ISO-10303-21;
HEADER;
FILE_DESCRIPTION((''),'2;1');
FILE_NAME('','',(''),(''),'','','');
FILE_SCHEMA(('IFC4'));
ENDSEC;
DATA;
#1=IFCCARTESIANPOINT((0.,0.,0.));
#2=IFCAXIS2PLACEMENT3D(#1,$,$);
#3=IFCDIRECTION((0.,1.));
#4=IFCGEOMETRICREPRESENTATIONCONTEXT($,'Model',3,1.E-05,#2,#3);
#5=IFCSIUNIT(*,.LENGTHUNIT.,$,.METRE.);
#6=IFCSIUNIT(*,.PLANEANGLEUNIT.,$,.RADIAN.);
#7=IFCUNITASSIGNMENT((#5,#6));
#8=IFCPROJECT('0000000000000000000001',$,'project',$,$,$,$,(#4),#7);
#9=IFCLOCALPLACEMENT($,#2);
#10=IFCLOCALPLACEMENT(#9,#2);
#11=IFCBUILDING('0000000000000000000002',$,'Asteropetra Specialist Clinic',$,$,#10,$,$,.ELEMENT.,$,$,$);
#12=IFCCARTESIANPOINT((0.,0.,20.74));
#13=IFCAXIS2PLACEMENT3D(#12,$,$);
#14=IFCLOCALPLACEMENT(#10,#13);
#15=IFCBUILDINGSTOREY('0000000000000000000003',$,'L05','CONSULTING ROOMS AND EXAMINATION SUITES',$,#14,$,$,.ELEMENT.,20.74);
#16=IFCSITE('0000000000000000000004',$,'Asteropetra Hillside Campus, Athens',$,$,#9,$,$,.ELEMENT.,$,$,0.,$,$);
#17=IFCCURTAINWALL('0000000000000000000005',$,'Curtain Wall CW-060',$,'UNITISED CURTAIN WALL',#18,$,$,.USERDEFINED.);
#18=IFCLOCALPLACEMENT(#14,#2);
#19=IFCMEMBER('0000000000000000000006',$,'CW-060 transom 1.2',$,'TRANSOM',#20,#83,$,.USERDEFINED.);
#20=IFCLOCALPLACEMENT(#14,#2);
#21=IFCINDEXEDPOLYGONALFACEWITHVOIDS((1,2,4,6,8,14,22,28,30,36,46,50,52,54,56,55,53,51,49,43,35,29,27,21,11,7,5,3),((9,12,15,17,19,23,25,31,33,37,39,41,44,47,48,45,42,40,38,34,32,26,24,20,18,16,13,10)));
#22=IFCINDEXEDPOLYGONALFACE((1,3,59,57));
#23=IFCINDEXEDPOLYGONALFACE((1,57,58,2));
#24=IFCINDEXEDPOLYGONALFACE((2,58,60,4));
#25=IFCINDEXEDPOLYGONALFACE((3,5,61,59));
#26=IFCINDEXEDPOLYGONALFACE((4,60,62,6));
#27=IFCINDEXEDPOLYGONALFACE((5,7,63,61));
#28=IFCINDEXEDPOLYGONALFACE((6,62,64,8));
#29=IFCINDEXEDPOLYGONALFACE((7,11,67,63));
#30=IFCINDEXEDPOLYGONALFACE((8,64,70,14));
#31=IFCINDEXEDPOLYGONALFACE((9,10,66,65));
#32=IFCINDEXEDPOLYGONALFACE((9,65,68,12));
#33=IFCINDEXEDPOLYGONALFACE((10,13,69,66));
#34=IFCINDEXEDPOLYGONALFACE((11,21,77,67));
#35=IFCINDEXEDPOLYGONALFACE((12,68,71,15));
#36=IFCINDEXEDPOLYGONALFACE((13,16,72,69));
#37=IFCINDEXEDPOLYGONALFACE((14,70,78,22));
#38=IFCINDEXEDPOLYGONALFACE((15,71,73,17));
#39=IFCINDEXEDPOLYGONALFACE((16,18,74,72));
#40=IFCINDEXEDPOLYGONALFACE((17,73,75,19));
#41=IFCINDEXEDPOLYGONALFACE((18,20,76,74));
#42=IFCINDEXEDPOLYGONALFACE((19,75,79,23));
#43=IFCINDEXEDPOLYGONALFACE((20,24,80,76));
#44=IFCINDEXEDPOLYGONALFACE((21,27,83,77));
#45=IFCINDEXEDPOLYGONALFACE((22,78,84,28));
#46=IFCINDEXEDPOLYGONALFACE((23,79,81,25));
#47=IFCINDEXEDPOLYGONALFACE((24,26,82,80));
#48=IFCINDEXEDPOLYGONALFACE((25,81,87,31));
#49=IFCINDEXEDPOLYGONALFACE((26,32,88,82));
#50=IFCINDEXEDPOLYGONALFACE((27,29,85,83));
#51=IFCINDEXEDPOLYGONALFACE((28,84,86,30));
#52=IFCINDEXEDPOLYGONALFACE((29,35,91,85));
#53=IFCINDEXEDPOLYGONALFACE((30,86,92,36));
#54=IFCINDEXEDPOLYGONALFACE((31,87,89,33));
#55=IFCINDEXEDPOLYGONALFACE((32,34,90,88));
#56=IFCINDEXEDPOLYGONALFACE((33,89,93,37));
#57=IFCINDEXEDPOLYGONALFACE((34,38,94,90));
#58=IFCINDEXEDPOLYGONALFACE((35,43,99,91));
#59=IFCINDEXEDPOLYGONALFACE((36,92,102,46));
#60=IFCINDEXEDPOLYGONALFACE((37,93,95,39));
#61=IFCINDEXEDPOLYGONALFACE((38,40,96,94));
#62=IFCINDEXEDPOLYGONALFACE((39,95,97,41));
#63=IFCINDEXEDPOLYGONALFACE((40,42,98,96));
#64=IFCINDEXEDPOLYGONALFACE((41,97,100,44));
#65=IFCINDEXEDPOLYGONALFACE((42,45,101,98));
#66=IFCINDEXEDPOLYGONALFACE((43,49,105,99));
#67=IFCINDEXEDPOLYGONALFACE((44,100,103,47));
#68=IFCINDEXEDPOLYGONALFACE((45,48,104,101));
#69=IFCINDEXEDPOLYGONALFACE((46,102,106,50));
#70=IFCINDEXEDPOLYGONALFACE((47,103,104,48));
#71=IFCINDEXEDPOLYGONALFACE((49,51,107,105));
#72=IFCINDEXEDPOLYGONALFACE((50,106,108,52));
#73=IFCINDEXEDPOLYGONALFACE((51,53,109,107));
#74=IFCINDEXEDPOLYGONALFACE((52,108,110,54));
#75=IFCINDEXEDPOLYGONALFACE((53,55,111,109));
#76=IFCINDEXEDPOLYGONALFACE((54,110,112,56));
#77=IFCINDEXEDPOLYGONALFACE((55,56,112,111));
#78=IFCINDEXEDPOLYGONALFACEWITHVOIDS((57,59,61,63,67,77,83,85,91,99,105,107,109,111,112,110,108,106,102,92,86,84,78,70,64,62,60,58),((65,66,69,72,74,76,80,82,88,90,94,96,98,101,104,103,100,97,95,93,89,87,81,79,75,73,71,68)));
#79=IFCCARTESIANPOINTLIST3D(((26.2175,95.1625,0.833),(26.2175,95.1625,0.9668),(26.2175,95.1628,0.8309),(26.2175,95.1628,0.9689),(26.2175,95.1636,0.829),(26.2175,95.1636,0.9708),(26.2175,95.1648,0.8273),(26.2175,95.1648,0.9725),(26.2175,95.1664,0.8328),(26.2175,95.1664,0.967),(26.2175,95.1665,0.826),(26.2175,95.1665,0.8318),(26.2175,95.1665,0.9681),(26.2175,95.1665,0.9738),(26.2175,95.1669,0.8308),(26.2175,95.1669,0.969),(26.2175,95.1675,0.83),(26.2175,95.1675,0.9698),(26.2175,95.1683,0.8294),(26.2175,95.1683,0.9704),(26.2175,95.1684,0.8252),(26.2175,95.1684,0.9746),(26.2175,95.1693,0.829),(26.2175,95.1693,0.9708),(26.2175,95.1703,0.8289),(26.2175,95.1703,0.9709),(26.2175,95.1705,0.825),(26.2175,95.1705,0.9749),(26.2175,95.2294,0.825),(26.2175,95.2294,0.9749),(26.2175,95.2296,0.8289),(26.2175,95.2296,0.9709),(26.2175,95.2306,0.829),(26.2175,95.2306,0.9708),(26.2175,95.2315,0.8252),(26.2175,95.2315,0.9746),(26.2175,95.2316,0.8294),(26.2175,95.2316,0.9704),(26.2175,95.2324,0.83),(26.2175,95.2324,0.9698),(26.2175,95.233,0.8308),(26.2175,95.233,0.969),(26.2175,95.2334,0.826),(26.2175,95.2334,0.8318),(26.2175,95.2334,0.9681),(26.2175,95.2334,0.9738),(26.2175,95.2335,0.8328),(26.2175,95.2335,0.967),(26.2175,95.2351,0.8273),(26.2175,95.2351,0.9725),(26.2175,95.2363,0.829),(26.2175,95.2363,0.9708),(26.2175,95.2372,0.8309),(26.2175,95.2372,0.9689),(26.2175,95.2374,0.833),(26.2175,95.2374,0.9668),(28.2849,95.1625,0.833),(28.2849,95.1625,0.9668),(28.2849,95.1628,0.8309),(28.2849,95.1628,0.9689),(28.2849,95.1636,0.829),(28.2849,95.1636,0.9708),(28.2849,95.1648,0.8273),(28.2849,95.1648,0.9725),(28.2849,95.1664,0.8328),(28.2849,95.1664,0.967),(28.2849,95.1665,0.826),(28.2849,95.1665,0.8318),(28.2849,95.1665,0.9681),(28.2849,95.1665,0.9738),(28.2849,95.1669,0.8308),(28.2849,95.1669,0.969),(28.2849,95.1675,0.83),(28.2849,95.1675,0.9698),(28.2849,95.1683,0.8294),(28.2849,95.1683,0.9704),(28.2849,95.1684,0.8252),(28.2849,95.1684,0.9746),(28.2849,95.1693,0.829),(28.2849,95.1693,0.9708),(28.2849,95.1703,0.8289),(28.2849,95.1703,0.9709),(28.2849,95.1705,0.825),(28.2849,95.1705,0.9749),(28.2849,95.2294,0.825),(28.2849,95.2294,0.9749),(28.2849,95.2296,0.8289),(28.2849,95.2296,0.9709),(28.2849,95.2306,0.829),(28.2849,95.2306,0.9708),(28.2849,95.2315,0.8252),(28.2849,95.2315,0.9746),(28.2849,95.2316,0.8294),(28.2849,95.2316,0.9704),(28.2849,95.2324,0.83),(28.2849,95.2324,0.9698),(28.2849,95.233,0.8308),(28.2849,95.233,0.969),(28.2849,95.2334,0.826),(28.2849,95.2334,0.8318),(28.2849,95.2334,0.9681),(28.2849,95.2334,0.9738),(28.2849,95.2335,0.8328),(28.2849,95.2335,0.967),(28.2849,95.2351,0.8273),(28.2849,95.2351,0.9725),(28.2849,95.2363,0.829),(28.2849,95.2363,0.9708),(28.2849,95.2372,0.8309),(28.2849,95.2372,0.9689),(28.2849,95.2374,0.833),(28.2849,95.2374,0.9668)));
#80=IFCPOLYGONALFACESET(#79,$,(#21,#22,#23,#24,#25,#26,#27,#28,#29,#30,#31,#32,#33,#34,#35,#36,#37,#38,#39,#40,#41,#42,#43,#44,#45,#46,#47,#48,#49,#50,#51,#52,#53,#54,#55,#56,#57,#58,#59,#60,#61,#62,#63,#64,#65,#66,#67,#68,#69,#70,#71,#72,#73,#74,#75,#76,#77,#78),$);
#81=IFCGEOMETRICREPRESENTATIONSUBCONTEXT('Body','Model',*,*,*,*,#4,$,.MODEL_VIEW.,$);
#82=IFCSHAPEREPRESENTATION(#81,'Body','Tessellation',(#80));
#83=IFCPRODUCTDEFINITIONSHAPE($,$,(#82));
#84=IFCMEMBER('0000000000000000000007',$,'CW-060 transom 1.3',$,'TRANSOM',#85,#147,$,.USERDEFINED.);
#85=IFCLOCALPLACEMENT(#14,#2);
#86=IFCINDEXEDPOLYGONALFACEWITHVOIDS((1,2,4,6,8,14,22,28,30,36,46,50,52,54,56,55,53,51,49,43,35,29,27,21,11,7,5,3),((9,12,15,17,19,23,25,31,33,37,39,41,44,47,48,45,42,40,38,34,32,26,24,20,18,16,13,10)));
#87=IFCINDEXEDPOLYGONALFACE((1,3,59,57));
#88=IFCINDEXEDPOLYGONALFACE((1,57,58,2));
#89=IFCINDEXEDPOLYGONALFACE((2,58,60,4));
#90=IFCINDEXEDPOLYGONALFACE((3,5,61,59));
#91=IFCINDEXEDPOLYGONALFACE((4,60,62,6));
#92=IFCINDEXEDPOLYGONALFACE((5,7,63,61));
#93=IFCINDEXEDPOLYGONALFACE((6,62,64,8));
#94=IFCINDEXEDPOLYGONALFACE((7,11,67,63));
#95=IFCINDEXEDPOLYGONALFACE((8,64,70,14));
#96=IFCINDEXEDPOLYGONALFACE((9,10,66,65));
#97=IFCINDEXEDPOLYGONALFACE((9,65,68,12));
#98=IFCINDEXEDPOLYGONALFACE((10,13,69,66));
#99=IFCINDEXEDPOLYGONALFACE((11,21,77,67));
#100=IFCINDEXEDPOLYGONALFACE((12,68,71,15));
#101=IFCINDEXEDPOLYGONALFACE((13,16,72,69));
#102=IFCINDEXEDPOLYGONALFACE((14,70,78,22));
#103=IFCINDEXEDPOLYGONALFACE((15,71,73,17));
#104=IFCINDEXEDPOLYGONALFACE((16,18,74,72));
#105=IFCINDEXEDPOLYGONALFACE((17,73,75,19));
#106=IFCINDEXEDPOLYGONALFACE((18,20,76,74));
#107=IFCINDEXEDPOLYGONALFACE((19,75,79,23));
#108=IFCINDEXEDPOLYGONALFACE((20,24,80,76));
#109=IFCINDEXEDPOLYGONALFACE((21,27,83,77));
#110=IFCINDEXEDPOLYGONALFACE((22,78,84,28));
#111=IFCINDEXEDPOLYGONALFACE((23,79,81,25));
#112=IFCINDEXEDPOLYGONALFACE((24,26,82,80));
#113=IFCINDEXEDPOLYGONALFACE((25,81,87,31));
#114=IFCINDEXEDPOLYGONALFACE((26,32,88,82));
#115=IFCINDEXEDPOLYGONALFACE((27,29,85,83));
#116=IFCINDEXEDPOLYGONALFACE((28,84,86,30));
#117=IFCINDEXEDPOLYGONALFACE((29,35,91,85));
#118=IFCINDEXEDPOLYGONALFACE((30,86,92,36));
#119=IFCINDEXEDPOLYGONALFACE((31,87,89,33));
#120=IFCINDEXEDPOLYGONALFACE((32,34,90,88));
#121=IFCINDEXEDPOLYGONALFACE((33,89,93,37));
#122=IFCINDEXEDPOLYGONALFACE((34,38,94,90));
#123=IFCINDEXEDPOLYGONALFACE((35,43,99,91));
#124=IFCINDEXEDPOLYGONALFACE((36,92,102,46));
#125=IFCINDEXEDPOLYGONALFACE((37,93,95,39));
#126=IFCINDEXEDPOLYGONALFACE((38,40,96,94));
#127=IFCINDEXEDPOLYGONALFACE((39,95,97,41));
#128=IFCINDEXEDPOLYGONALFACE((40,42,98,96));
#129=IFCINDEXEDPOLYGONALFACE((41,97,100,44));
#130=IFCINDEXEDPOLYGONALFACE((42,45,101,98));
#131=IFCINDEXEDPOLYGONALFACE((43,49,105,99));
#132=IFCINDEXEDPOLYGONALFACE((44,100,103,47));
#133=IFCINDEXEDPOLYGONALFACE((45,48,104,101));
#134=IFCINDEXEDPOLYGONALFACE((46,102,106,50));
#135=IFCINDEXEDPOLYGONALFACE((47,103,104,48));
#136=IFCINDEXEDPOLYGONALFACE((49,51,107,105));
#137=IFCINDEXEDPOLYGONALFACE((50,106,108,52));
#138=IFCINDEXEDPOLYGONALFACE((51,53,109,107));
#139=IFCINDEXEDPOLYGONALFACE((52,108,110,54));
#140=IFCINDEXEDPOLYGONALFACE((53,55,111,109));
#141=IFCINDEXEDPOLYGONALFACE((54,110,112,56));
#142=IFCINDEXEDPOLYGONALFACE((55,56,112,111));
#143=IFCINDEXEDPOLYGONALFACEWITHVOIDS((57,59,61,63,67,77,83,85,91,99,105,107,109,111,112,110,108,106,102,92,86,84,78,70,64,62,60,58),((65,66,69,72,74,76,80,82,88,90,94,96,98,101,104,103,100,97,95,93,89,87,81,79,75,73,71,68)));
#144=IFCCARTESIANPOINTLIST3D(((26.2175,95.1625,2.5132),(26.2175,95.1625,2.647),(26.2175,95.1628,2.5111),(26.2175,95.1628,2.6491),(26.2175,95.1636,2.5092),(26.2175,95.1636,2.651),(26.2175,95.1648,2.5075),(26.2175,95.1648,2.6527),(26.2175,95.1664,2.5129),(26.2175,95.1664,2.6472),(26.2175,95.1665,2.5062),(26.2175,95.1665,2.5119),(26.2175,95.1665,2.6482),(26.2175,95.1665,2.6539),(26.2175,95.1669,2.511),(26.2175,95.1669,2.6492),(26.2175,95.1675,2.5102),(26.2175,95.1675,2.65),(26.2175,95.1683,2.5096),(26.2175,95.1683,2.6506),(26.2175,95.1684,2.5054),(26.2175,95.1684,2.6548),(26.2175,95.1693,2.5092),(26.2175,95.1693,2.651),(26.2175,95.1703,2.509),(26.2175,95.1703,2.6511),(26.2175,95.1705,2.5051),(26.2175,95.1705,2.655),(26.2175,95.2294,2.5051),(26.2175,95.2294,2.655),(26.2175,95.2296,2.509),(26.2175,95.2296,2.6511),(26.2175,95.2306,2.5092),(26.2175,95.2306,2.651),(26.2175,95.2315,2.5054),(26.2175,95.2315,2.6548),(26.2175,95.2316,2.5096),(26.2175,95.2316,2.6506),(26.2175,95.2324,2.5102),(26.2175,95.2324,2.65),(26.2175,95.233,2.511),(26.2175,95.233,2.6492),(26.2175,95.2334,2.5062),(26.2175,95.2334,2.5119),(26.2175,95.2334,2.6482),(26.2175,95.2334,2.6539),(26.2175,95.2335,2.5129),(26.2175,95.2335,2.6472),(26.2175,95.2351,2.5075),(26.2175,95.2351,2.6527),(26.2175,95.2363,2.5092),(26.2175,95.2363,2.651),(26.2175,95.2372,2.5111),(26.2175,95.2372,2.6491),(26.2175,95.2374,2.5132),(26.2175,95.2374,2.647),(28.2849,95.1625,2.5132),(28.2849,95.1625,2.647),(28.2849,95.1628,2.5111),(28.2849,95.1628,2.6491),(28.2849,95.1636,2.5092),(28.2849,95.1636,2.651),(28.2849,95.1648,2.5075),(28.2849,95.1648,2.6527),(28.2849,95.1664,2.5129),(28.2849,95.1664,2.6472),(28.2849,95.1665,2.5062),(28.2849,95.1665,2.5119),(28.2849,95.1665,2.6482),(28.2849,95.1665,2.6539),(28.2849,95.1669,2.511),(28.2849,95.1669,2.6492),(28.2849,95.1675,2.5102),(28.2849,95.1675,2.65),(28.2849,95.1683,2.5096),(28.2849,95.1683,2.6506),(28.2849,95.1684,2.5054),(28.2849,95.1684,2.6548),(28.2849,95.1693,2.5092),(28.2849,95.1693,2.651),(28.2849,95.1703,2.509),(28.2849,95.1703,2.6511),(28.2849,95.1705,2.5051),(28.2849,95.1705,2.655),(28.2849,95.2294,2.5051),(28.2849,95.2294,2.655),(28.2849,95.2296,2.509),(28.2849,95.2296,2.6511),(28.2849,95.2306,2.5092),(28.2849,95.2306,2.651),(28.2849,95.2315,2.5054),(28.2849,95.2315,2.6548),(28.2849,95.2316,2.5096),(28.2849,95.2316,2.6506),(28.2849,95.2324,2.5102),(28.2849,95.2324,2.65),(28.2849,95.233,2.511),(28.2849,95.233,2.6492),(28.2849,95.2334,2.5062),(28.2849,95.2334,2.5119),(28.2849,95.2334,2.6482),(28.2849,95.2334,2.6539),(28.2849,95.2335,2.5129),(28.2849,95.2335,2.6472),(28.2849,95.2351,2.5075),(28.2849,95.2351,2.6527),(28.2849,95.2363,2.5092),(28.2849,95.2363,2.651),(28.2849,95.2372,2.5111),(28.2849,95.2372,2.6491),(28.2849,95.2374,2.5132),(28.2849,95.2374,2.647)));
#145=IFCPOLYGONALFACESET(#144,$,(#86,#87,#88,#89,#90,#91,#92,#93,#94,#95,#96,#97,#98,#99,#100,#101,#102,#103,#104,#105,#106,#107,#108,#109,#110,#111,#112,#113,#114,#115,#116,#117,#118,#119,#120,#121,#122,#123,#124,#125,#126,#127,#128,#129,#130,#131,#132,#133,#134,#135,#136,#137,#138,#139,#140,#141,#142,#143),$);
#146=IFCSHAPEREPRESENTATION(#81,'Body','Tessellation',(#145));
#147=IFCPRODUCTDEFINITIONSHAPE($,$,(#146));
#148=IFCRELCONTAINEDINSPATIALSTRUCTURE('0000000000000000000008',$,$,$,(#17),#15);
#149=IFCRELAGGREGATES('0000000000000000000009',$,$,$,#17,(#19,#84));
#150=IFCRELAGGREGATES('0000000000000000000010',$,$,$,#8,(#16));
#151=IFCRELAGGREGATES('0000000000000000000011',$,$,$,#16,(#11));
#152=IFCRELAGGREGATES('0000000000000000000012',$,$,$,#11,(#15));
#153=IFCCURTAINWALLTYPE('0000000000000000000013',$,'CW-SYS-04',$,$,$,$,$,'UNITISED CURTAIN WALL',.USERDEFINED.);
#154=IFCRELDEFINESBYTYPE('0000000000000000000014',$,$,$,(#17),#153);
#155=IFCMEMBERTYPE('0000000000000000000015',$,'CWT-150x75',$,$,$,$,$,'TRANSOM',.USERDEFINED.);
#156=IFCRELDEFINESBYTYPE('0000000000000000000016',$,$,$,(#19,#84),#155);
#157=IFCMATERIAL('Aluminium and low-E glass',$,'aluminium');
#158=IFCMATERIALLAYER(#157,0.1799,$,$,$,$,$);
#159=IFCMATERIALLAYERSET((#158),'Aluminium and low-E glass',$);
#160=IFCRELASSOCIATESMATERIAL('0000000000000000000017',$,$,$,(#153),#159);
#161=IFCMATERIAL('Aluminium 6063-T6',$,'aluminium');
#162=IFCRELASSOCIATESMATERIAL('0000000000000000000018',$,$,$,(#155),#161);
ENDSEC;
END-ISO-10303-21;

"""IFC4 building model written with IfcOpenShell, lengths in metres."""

from ifc_helpers import new_model, si_unit, direction, frame, origin, origin_2d, place, context, subcontext, project, spatial, hollow_rectangle, extrude, material, layer, layer_set, material_profile, profile_set, type_object, element, aggregate, save


model = new_model("IFC4")

# Units and contexts
model_context = context("Model", 3, precision=1e-05, world=origin(), true_north=direction((0.0, 1.0)))
body_context = subcontext(model_context, "Body", "Model", "MODEL_VIEW")
ifc_project = project(units=[si_unit("LENGTHUNIT", "METRE"), si_unit("PLANEANGLEUNIT", "RADIAN")], contexts=[model_context])

# Site, building, storey
site_placement = place(None, origin())
site = spatial("IfcSite", under=ifc_project, at=site_placement, Name="Asteropetra Hillside Campus, Athens", CompositionType="ELEMENT", RefElevation=0.0)
building_placement = place(site_placement, origin())
building = spatial("IfcBuilding", under=site, at=building_placement, Name="Asteropetra Specialist Clinic", CompositionType="ELEMENT")
storey_placement = place(building_placement, frame((0.0, 0.0, 20.74)))
storey = spatial("IfcBuildingStorey", under=building, at=storey_placement, Name="L05", Description="CONSULTING ROOMS AND EXAMINATION SUITES", CompositionType="ELEMENT", Elevation=20.74)

# Curtain wall, members
ifc_material_1 = material(Name="Aluminium and low-E glass", Category="aluminium")
ifc_layer_1 = layer(ifc_material_1, 0.1799)
ifc_layer_set_1 = layer_set([ifc_layer_1], Name="Aluminium and low-E glass")
curtain_wall_type_1 = type_object("IfcCurtainWallType", Name="CW-SYS-04", ElementType="UNITISED CURTAIN WALL", PredefinedType="USERDEFINED", material=ifc_layer_set_1)
curtain_wall_1_placement = place(storey_placement, origin())
curtain_wall_1 = element("IfcCurtainWall", 1, at=curtain_wall_1_placement, inside=storey, type_object=curtain_wall_type_1, Name="Curtain Wall CW-060", ObjectType="UNITISED CURTAIN WALL", PredefinedType="USERDEFINED")
ifc_material_2 = material(Name="Aluminium 6063-T6", Category="aluminium")
ifc_material_profile_1 = material_profile(ifc_material_2, hollow_rectangle(XDim=0.075, YDim=0.1499, WallThickness=0.0039, InnerFilletRadius=0.0039, OuterFilletRadius=0.0081, at=origin_2d()), Name="TRN 150x75x4.0")
ifc_profile_set_1 = profile_set([ifc_material_profile_1], Name="Aluminium 6063-T6")
member_type_1 = type_object("IfcMemberType", Name="CWT-150x75", ElementType="TRANSOM", PredefinedType="USERDEFINED", material=ifc_profile_set_1)
member_1_placement = place(storey_placement, frame((28.2849, 95.2, 0.8999), z_axis=(-1.0, 0.0, 0.0), x_axis=(0.0, -1.0, 0.0)))
member_1 = element("IfcMember", 2, at=member_1_placement, type_object=member_type_1, Name="CW-060 transom 1.2", ObjectType="TRANSOM", PredefinedType="USERDEFINED", context=body_context, shape_type="SweptSolid", body=[
    extrude(hollow_rectangle(XDim=0.075, YDim=0.1499, WallThickness=0.0039, InnerFilletRadius=0.0039, OuterFilletRadius=0.0081, at=origin_2d()), origin(), (0.0, 0.0, 1.0), 2.0674),
])
member_2_placement = place(storey_placement, frame((28.2849, 95.2, 2.5801), z_axis=(-1.0, 0.0, 0.0), x_axis=(0.0, -1.0, 0.0)))
member_2 = element("IfcMember", 3, at=member_2_placement, type_object=member_type_1, Name="CW-060 transom 1.3", ObjectType="TRANSOM", PredefinedType="USERDEFINED", context=body_context, shape_type="SweptSolid", body=[
    extrude(hollow_rectangle(XDim=0.075, YDim=0.1499, WallThickness=0.0039, InnerFilletRadius=0.0039, OuterFilletRadius=0.0081, at=origin_2d()), origin(), (0.0, 0.0, 1.0), 2.0674),
])
aggregate(curtain_wall_1, [member_1, member_2])

save(model, "model.ifc")
